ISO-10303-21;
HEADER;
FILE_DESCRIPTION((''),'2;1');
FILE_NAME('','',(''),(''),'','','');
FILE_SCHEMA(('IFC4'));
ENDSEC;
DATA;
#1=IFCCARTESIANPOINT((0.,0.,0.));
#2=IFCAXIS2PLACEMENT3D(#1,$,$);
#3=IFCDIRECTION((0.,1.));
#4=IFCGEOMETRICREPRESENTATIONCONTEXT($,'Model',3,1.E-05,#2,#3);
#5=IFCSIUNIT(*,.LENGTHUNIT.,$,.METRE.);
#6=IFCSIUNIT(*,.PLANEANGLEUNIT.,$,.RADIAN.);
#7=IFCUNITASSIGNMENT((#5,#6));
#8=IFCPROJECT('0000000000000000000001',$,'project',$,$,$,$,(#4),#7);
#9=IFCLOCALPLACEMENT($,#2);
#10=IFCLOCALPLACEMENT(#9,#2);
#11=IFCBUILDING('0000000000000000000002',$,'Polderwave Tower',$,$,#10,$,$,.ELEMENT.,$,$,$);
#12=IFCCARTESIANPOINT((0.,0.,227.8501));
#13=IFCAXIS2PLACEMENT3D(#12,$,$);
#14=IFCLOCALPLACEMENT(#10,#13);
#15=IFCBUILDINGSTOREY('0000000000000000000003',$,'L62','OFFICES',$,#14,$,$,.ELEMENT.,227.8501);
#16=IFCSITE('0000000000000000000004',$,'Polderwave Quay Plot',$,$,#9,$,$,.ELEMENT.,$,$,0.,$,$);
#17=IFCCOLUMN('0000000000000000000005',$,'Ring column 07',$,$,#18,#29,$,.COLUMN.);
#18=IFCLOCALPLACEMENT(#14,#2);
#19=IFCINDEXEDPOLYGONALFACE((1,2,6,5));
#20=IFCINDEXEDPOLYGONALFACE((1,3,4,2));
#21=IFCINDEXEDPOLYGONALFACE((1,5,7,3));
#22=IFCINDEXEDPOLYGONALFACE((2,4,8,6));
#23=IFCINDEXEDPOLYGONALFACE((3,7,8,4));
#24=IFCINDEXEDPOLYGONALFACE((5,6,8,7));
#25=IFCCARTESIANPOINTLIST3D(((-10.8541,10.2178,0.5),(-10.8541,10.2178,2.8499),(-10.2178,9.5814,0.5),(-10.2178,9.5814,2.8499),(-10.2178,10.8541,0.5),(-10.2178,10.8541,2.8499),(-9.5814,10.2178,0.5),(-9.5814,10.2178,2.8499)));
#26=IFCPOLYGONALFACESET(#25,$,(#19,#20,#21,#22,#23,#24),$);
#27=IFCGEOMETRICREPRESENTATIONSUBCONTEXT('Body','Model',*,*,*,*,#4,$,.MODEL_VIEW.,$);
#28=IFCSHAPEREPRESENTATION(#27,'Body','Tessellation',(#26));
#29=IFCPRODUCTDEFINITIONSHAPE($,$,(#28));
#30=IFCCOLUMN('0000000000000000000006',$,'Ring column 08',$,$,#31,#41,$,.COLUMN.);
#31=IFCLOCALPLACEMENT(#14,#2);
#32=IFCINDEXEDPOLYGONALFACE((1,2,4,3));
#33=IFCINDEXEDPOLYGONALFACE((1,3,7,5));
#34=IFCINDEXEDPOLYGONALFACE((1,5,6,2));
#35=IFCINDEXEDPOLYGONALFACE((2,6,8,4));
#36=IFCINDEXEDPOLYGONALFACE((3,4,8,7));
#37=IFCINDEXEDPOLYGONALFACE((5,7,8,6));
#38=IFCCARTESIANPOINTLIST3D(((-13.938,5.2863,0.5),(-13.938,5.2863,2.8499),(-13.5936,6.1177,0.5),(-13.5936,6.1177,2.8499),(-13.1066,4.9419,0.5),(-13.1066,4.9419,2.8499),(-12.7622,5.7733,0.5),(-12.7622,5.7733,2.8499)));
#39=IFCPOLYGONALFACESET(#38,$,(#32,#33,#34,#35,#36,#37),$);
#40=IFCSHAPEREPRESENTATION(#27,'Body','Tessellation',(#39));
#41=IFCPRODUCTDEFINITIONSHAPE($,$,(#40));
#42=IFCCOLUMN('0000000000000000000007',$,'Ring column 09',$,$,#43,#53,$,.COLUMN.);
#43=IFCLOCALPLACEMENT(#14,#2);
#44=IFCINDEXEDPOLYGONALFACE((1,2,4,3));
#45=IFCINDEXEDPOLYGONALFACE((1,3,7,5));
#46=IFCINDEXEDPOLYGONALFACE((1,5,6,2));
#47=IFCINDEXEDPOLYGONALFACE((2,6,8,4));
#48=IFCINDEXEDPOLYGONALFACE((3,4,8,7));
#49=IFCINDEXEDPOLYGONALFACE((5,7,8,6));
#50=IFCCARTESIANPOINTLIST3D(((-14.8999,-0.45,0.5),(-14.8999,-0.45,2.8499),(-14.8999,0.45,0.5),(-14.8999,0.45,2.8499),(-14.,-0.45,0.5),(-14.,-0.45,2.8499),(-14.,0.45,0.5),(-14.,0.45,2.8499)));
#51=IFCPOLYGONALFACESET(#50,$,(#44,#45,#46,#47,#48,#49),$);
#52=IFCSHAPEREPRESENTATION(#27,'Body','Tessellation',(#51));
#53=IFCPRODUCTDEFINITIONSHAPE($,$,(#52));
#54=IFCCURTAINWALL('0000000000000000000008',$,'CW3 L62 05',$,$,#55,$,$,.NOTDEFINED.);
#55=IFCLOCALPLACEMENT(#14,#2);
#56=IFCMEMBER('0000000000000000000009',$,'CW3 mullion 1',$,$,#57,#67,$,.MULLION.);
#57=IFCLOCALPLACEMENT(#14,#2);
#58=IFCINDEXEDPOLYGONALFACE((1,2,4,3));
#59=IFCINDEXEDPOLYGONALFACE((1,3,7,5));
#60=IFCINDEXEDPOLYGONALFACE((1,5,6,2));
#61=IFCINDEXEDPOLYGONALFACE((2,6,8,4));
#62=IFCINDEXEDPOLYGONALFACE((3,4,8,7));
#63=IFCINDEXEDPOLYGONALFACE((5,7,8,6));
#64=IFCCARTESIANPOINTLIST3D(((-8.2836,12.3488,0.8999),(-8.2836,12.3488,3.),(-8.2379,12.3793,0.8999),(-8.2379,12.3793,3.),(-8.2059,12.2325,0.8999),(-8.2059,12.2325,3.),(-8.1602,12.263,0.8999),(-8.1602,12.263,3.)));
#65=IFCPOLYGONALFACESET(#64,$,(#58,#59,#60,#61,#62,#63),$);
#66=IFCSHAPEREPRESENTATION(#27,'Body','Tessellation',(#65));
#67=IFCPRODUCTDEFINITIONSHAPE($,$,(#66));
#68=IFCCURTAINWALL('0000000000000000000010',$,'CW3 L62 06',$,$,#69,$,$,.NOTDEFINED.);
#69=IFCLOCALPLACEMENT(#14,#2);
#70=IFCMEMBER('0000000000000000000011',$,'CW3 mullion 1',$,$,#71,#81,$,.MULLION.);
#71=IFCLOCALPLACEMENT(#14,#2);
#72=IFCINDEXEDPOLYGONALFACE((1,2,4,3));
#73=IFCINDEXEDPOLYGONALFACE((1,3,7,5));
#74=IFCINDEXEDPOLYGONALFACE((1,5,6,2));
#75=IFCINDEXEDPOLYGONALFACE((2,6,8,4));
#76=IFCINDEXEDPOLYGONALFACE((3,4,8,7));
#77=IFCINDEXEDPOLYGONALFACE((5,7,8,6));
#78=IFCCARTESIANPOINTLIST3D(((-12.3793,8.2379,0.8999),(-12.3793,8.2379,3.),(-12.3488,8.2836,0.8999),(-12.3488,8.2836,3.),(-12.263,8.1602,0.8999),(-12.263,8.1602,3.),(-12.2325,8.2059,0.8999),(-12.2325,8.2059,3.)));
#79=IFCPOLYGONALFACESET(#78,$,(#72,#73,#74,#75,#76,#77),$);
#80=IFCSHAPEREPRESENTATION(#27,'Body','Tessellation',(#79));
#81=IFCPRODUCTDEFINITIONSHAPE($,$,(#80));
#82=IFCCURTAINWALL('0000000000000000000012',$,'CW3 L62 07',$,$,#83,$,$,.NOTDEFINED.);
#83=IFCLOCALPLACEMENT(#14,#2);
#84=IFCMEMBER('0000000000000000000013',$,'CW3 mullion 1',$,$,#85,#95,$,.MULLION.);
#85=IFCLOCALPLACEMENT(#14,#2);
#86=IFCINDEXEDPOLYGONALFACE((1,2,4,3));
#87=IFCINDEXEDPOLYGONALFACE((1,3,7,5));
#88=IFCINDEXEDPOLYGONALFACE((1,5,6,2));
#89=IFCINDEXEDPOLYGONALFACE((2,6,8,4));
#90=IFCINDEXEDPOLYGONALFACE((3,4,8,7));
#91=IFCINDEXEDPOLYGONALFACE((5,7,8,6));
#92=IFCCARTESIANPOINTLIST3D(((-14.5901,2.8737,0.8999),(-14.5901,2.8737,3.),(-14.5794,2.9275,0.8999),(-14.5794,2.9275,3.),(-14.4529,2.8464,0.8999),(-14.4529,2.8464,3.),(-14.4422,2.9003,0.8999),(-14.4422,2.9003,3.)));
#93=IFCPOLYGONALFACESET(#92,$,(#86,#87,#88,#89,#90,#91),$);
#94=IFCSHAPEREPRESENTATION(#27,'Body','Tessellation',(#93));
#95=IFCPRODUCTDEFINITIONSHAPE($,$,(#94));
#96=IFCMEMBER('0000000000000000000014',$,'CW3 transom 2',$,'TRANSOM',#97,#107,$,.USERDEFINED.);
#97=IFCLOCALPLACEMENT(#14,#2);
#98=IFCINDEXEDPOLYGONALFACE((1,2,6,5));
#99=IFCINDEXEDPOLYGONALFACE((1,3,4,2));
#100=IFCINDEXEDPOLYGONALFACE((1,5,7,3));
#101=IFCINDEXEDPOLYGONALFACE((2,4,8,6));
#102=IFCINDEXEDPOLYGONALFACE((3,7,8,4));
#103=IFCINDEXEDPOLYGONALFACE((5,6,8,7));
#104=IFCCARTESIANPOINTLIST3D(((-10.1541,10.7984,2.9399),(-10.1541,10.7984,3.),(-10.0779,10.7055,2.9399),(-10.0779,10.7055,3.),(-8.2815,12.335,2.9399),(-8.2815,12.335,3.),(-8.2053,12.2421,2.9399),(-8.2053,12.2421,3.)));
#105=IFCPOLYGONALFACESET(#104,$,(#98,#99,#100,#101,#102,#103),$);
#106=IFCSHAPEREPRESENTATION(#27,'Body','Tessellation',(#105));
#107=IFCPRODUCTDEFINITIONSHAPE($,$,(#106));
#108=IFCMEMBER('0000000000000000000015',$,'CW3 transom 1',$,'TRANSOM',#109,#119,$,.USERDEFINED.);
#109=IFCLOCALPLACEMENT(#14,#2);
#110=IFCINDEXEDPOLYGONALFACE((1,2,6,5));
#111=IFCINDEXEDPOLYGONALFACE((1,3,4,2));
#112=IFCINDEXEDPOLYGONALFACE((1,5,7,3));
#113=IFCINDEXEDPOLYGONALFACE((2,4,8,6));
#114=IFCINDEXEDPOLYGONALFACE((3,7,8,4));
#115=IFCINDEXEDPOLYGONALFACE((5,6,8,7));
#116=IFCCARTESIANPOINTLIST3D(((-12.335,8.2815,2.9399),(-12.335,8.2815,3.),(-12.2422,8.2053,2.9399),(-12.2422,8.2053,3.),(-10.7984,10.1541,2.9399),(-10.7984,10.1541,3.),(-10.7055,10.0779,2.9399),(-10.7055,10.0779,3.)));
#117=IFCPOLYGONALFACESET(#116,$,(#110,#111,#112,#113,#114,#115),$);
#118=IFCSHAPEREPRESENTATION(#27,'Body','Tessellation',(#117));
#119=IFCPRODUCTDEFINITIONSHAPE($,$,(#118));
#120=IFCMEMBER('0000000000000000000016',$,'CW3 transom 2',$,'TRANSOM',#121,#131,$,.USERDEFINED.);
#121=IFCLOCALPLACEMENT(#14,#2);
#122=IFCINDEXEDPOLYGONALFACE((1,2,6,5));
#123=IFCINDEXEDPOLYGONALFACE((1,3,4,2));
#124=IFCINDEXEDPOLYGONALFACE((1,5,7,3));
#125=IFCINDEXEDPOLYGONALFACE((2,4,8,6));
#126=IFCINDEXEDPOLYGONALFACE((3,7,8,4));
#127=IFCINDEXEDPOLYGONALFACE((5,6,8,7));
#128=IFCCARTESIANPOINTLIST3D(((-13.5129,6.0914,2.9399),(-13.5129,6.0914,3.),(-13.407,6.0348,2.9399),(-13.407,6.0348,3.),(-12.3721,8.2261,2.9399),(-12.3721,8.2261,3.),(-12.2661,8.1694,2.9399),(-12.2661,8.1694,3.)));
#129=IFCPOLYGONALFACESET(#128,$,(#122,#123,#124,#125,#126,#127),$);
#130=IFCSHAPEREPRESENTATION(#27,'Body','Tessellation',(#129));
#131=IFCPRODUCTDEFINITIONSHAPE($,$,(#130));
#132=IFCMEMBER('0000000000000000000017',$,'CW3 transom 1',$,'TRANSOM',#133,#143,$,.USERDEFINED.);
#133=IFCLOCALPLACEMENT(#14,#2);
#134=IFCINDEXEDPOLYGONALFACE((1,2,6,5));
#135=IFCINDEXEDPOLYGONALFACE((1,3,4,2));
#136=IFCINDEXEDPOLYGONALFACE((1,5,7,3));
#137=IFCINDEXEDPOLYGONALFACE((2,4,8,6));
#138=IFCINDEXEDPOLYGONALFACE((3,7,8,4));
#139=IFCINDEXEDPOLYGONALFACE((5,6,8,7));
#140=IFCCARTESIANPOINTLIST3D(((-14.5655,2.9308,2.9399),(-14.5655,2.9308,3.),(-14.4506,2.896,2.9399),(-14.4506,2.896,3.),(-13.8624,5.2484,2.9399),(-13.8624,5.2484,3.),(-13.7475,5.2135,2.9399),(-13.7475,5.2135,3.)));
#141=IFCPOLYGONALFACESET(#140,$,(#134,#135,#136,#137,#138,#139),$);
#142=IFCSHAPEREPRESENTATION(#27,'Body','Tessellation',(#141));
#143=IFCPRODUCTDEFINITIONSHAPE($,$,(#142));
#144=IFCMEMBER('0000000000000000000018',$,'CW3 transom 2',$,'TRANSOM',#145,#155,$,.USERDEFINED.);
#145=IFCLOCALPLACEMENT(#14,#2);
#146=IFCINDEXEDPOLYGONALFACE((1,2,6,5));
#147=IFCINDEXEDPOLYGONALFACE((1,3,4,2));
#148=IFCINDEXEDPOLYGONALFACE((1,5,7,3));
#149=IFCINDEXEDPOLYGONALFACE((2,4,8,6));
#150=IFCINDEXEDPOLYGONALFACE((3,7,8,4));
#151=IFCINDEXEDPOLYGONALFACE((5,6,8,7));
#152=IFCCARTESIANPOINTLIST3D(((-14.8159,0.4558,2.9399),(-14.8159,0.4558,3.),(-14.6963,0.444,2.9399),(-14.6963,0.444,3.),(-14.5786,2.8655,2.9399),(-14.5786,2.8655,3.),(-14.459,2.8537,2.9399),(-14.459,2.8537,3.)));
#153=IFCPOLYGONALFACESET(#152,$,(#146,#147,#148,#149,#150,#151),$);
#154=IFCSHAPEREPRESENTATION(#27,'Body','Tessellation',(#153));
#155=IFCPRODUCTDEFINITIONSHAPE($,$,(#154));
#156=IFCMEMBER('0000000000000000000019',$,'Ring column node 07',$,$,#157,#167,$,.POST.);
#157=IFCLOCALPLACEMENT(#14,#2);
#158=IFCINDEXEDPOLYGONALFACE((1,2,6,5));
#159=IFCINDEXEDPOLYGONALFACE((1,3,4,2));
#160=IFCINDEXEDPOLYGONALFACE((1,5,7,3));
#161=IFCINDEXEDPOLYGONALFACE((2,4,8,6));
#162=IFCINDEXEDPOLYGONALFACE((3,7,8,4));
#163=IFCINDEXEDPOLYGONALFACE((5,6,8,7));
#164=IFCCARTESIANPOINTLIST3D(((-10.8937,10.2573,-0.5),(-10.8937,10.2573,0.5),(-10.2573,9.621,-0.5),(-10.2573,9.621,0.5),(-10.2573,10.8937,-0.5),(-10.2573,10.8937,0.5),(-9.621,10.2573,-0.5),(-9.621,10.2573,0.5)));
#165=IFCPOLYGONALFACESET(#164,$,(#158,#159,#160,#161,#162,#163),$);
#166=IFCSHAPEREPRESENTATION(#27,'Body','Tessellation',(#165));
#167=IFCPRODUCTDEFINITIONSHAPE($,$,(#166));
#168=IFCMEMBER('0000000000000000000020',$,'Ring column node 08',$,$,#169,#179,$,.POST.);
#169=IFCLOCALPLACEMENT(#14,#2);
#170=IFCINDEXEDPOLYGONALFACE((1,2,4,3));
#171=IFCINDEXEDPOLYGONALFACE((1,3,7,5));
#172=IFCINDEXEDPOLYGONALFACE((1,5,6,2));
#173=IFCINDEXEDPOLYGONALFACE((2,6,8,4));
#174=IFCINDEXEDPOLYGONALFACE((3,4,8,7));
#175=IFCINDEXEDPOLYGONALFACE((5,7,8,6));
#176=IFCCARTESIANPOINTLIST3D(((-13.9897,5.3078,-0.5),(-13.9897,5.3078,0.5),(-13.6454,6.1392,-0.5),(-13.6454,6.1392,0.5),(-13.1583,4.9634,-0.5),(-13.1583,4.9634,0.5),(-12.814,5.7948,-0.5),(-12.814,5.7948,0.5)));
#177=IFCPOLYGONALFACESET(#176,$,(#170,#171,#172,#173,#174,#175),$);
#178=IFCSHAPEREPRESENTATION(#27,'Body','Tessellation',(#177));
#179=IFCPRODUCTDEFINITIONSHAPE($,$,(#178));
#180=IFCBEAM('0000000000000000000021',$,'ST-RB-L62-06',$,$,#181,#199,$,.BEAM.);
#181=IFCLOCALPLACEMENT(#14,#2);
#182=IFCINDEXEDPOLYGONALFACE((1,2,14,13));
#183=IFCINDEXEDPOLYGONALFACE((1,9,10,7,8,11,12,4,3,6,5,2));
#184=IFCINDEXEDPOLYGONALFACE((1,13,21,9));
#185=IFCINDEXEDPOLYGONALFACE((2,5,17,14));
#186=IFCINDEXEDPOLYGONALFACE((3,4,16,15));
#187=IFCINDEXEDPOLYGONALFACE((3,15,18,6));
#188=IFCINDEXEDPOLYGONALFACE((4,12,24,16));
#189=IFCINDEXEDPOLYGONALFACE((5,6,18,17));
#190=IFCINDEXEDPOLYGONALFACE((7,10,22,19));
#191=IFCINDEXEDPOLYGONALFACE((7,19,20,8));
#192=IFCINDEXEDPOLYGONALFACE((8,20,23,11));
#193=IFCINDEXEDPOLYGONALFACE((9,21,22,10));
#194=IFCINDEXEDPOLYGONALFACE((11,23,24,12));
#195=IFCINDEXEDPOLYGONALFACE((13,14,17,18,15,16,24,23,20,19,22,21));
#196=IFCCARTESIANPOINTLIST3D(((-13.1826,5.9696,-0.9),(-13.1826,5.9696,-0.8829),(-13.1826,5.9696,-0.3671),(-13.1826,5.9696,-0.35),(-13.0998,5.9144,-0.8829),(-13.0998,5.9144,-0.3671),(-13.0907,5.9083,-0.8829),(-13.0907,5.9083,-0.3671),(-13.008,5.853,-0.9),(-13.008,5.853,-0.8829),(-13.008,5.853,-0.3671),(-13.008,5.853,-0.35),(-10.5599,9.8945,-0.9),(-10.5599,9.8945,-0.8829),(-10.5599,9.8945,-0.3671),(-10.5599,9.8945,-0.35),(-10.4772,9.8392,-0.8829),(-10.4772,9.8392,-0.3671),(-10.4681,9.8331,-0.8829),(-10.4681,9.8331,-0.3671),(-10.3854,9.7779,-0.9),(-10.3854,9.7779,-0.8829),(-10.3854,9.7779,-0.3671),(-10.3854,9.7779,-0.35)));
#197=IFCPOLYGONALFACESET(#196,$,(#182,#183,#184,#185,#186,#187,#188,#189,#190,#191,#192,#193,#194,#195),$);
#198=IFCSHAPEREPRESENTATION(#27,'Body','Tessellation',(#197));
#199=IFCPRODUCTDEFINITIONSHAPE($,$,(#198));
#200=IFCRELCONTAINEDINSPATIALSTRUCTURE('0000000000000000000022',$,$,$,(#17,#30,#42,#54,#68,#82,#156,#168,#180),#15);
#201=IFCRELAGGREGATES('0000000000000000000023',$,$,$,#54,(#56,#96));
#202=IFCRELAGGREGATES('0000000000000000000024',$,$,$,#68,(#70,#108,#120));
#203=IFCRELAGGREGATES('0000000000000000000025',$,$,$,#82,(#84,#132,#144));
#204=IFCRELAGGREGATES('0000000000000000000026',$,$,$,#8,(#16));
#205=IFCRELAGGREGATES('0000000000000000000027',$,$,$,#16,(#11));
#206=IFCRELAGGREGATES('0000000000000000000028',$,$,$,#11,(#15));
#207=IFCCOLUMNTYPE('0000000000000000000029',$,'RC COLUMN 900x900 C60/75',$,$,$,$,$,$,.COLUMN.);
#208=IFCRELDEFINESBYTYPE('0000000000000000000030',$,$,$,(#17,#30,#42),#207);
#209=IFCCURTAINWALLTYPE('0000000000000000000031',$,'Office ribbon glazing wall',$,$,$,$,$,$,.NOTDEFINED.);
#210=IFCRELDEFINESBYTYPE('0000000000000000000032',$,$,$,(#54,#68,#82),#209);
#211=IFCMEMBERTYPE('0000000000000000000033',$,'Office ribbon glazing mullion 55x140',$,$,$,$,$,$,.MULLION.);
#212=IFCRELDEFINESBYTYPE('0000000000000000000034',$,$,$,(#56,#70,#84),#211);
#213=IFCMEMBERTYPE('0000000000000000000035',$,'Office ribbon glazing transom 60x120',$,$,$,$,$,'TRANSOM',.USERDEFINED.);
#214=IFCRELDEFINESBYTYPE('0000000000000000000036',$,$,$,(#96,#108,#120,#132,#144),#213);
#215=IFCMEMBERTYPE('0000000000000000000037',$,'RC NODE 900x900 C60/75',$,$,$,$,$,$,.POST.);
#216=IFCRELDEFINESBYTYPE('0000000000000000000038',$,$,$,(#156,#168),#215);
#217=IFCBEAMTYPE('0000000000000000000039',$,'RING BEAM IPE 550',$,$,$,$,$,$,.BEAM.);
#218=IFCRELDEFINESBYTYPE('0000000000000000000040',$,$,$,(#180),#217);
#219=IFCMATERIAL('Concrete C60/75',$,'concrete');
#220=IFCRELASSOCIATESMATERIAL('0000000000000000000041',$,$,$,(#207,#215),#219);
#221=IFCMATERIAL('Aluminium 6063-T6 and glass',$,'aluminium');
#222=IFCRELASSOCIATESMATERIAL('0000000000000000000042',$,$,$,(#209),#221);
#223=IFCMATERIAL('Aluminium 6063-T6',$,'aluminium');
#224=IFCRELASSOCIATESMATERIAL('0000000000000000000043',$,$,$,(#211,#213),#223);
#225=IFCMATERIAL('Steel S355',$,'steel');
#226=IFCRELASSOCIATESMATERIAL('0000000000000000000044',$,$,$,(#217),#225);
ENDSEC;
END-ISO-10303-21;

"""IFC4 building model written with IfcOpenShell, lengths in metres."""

from ifc_helpers import new_model, si_unit, direction, frame, origin, origin_2d, place, context, subcontext, project, spatial, rectangle, i_section, extrude, material, material_profile, profile_set, type_object, element, aggregate, save


model = new_model("IFC4")

# Units and contexts
model_context = context("Model", 3, precision=1e-05, world=origin(), true_north=direction((0.0, 1.0)))
body_context = subcontext(model_context, "Body", "Model", "MODEL_VIEW")
ifc_project = project(units=[si_unit("LENGTHUNIT", "METRE"), si_unit("PLANEANGLEUNIT", "RADIAN")], contexts=[model_context])

# Site, building, storey
site_placement = place(None, origin())
site = spatial("IfcSite", under=ifc_project, at=site_placement, Name="Polderwave Quay Plot", CompositionType="ELEMENT", RefElevation=0.0)
building_placement = place(site_placement, origin())
building = spatial("IfcBuilding", under=site, at=building_placement, Name="Polderwave Tower", CompositionType="ELEMENT")
storey_placement = place(building_placement, frame((0.0, 0.0, 227.8501)))
storey = spatial("IfcBuildingStorey", under=building, at=storey_placement, Name="L62", Description="OFFICES", CompositionType="ELEMENT", Elevation=227.8501)

# Columns
ifc_material_1 = material(Name="Concrete C60/75", Category="concrete")
ifc_material_profile_1 = material_profile(ifc_material_1, rectangle(XDim=0.8999, YDim=0.8999, at=origin_2d()), Name="RC 900x900")
ifc_profile_set_1 = profile_set([ifc_material_profile_1], Name="Concrete C60/75")
column_type = type_object("IfcColumnType", Name="RC COLUMN 900x900 C60/75", PredefinedType="COLUMN", material=ifc_profile_set_1)
for number, where, z_axis, x_axis, name in (
    (1, (-10.2178, 10.2178, 0.5), (0.0, 0.0, 1.0), (-0.707107, 0.707107, 0.0), "Ring column 07"),
    (2, (-13.3501, 5.5298, 0.5), (0.0, 0.0, 1.0), (-0.92388, 0.382683, 0.0), "Ring column 08"),
    (3, (-14.45, 0.0, 0.5), (0.0, 0.0, 1.0), (-1.0, 0.0, 0.0), "Ring column 09"),
):
    element("IfcColumn", number, at=place(storey_placement, frame(where, z_axis=z_axis, x_axis=x_axis)), inside=storey, type_object=column_type, Name=name, PredefinedType="COLUMN", context=body_context, shape_type="SweptSolid", body=[
        extrude(rectangle(XDim=0.8999, YDim=0.8999, at=origin_2d()), origin(), (0.0, 0.0, 1.0), 2.3499),
    ])

# Curtain walls, members
ifc_material_2 = material(Name="Aluminium 6063-T6 and glass", Category="aluminium")
curtain_wall_type = type_object("IfcCurtainWallType", Name="Office ribbon glazing wall", PredefinedType="NOTDEFINED", material=ifc_material_2)
curtain_wall_1_placement = place(storey_placement, origin())
curtain_wall_1 = element("IfcCurtainWall", 4, at=curtain_wall_1_placement, inside=storey, type_object=curtain_wall_type, Name="CW3 L62 05", PredefinedType="NOTDEFINED")
ifc_material_3 = material(Name="Aluminium 6063-T6", Category="aluminium")
ifc_material_profile_2 = material_profile(ifc_material_3, rectangle(XDim=0.1399, YDim=0.0549, at=origin_2d()), Name="AL 55x140")
ifc_profile_set_2 = profile_set([ifc_material_profile_2], Name="Aluminium 6063-T6")
member_type_1 = type_object("IfcMemberType", Name="Office ribbon glazing mullion 55x140", PredefinedType="MULLION", material=ifc_profile_set_2)
member_1_placement = place(storey_placement, frame((-8.2219, 12.3059, 0.8999), z_axis=(0.0, 0.0, 1.0), x_axis=(0.555521, -0.831503, 0.0)))
member_1 = element("IfcMember", 5, at=member_1_placement, type_object=member_type_1, Name="CW3 mullion 1", PredefinedType="MULLION", context=body_context, shape_type="SweptSolid", body=[
    extrude(rectangle(XDim=0.1399, YDim=0.0549, at=origin_2d()), origin(), (0.0, 0.0, 1.0), 2.1001),
])
curtain_wall_2_placement = place(storey_placement, origin())
curtain_wall_2 = element("IfcCurtainWall", 6, at=curtain_wall_2_placement, inside=storey, type_object=curtain_wall_type, Name="CW3 L62 06", PredefinedType="NOTDEFINED")
member_2_placement = place(storey_placement, frame((-12.3059, 8.2219, 0.8999), z_axis=(0.0, 0.0, 1.0), x_axis=(0.831503, -0.555521, 0.0)))
member_2 = element("IfcMember", 7, at=member_2_placement, type_object=member_type_1, Name="CW3 mullion 1", PredefinedType="MULLION", context=body_context, shape_type="SweptSolid", body=[
    extrude(rectangle(XDim=0.1399, YDim=0.0549, at=origin_2d()), origin(), (0.0, 0.0, 1.0), 2.1001),
])
curtain_wall_3_placement = place(storey_placement, origin())
curtain_wall_3 = element("IfcCurtainWall", 8, at=curtain_wall_3_placement, inside=storey, type_object=curtain_wall_type, Name="CW3 L62 07", PredefinedType="NOTDEFINED")
member_3_placement = place(storey_placement, frame((-14.5161, 2.887, 0.8999), z_axis=(0.0, 0.0, 1.0), x_axis=(0.980788, -0.195077, 0.0)))
member_3 = element("IfcMember", 9, at=member_3_placement, type_object=member_type_1, Name="CW3 mullion 1", PredefinedType="MULLION", context=body_context, shape_type="SweptSolid", body=[
    extrude(rectangle(XDim=0.1399, YDim=0.0549, at=origin_2d()), origin(), (0.0, 0.0, 1.0), 2.1001),
])

# Members
ifc_material_profile_3 = material_profile(ifc_material_3, rectangle(XDim=0.1201, YDim=0.0601, at=origin_2d()), Name="AL 60x120")
ifc_profile_set_3 = profile_set([ifc_material_profile_3], Name="Aluminium 6063-T6")
member_type_2 = type_object("IfcMemberType", Name="Office ribbon glazing transom 60x120", ElementType="TRANSOM", PredefinedType="USERDEFINED", material=ifc_profile_set_3)
member_4_placement = place(storey_placement, frame((-8.2434, 12.2886, 2.97), z_axis=(-0.77304, -0.634357, 0.0), x_axis=(0.634357, -0.77304, 0.0)))
member_4 = element("IfcMember", 10, at=member_4_placement, type_object=member_type_2, Name="CW3 transom 2", ObjectType="TRANSOM", PredefinedType="USERDEFINED", context=body_context, shape_type="SweptSolid", body=[
    extrude(rectangle(XDim=0.1201, YDim=0.0601, at=origin_2d()), origin(), (0.0, 0.0, 1.0), 2.4224),
])
member_5_placement = place(storey_placement, frame((-10.752, 10.116, 2.97), z_axis=(-0.634357, -0.77304, 0.0), x_axis=(0.77304, -0.634357, 0.0)))
member_5 = element("IfcMember", 11, at=member_5_placement, type_object=member_type_2, Name="CW3 transom 1", ObjectType="TRANSOM", PredefinedType="USERDEFINED", context=body_context, shape_type="SweptSolid", body=[
    extrude(rectangle(XDim=0.1201, YDim=0.0601, at=origin_2d()), origin(), (0.0, 0.0, 1.0), 2.4224),
])
member_6_placement = place(storey_placement, frame((-12.3191, 8.1978, 2.97), z_axis=(-0.471337, -0.881953, 0.0), x_axis=(0.881953, -0.471337, 0.0)))
member_6 = element("IfcMember", 12, at=member_6_placement, type_object=member_type_2, Name="CW3 transom 2", ObjectType="TRANSOM", PredefinedType="USERDEFINED", context=body_context, shape_type="SweptSolid", body=[
    extrude(rectangle(XDim=0.1201, YDim=0.0601, at=origin_2d()), origin(), (0.0, 0.0, 1.0), 2.4204),
])
member_7_placement = place(storey_placement, frame((-13.8049, 5.231, 2.97), z_axis=(-0.290315, -0.956931, 0.0), x_axis=(0.956931, -0.290315, 0.0)))
member_7 = element("IfcMember", 13, at=member_7_placement, type_object=member_type_2, Name="CW3 transom 1", ObjectType="TRANSOM", PredefinedType="USERDEFINED", context=body_context, shape_type="SweptSolid", body=[
    extrude(rectangle(XDim=0.1201, YDim=0.0601, at=origin_2d()), origin(), (0.0, 0.0, 1.0), 2.4219),
])
member_8_placement = place(storey_placement, frame((-14.5188, 2.8596, 2.97), z_axis=(-0.098006, -0.995186, 0.0), x_axis=(0.995186, -0.098006, 0.0)))
member_8 = element("IfcMember", 14, at=member_8_placement, type_object=member_type_2, Name="CW3 transom 2", ObjectType="TRANSOM", PredefinedType="USERDEFINED", context=body_context, shape_type="SweptSolid", body=[
    extrude(rectangle(XDim=0.1201, YDim=0.0601, at=origin_2d()), origin(), (0.0, 0.0, 1.0), 2.4214),
])

# Members
ifc_material_profile_4 = material_profile(ifc_material_1, rectangle(XDim=0.8999, YDim=0.8999, at=origin_2d()), Name="RC 900x900")
ifc_profile_set_4 = profile_set([ifc_material_profile_4], Name="Concrete C60/75")
member_type_3 = type_object("IfcMemberType", Name="RC NODE 900x900 C60/75", PredefinedType="POST", material=ifc_profile_set_4)
for number, where, z_axis, x_axis, name in (
    (15, (-10.2573, 10.2573, -0.5), (0.0, 0.0, 1.0), (-0.707107, 0.707107, 0.0), "Ring column node 07"),
    (16, (-13.4019, 5.5513, -0.5), (0.0, 0.0, 1.0), (-0.92388, 0.382683, 0.0), "Ring column node 08"),
):
    element("IfcMember", number, at=place(storey_placement, frame(where, z_axis=z_axis, x_axis=x_axis)), inside=storey, type_object=member_type_3, Name=name, PredefinedType="POST", context=body_context, shape_type="SweptSolid", body=[
        extrude(rectangle(XDim=0.8999, YDim=0.8999, at=origin_2d()), origin(), (0.0, 0.0, 1.0), 1.0),
    ])

# Beam
ifc_material_4 = material(Name="Steel S355", Category="steel")
ifc_material_profile_5 = material_profile(ifc_material_4, i_section(OverallWidth=0.21, OverallDepth=0.55, WebThickness=0.011, FlangeThickness=0.0171, at=origin_2d()), Name="IPE 550")
ifc_profile_set_5 = profile_set([ifc_material_profile_5], Name="Steel S355")
beam_type = type_object("IfcBeamType", Name="RING BEAM IPE 550", PredefinedType="BEAM", material=ifc_profile_set_5)
beam_1_placement = place(storey_placement, frame((-10.4727, 9.8362, -0.625), z_axis=(-0.555583, -0.831461, 0.0), x_axis=(0.831461, -0.555583, 0.0)))
element("IfcBeam", 17, at=beam_1_placement, inside=storey, type_object=beam_type, Name="ST-RB-L62-06", PredefinedType="BEAM", context=body_context, shape_type="SweptSolid", body=[
    extrude(i_section(OverallWidth=0.21, OverallDepth=0.55, WebThickness=0.011, FlangeThickness=0.0171, at=origin_2d()), origin(), (0.0, 0.0, 1.0), 4.7205),
])

aggregate(curtain_wall_1, [member_1, member_4])
aggregate(curtain_wall_2, [member_2, member_5, member_6])
aggregate(curtain_wall_3, [member_3, member_7, member_8])

save(model, "model.ifc")
